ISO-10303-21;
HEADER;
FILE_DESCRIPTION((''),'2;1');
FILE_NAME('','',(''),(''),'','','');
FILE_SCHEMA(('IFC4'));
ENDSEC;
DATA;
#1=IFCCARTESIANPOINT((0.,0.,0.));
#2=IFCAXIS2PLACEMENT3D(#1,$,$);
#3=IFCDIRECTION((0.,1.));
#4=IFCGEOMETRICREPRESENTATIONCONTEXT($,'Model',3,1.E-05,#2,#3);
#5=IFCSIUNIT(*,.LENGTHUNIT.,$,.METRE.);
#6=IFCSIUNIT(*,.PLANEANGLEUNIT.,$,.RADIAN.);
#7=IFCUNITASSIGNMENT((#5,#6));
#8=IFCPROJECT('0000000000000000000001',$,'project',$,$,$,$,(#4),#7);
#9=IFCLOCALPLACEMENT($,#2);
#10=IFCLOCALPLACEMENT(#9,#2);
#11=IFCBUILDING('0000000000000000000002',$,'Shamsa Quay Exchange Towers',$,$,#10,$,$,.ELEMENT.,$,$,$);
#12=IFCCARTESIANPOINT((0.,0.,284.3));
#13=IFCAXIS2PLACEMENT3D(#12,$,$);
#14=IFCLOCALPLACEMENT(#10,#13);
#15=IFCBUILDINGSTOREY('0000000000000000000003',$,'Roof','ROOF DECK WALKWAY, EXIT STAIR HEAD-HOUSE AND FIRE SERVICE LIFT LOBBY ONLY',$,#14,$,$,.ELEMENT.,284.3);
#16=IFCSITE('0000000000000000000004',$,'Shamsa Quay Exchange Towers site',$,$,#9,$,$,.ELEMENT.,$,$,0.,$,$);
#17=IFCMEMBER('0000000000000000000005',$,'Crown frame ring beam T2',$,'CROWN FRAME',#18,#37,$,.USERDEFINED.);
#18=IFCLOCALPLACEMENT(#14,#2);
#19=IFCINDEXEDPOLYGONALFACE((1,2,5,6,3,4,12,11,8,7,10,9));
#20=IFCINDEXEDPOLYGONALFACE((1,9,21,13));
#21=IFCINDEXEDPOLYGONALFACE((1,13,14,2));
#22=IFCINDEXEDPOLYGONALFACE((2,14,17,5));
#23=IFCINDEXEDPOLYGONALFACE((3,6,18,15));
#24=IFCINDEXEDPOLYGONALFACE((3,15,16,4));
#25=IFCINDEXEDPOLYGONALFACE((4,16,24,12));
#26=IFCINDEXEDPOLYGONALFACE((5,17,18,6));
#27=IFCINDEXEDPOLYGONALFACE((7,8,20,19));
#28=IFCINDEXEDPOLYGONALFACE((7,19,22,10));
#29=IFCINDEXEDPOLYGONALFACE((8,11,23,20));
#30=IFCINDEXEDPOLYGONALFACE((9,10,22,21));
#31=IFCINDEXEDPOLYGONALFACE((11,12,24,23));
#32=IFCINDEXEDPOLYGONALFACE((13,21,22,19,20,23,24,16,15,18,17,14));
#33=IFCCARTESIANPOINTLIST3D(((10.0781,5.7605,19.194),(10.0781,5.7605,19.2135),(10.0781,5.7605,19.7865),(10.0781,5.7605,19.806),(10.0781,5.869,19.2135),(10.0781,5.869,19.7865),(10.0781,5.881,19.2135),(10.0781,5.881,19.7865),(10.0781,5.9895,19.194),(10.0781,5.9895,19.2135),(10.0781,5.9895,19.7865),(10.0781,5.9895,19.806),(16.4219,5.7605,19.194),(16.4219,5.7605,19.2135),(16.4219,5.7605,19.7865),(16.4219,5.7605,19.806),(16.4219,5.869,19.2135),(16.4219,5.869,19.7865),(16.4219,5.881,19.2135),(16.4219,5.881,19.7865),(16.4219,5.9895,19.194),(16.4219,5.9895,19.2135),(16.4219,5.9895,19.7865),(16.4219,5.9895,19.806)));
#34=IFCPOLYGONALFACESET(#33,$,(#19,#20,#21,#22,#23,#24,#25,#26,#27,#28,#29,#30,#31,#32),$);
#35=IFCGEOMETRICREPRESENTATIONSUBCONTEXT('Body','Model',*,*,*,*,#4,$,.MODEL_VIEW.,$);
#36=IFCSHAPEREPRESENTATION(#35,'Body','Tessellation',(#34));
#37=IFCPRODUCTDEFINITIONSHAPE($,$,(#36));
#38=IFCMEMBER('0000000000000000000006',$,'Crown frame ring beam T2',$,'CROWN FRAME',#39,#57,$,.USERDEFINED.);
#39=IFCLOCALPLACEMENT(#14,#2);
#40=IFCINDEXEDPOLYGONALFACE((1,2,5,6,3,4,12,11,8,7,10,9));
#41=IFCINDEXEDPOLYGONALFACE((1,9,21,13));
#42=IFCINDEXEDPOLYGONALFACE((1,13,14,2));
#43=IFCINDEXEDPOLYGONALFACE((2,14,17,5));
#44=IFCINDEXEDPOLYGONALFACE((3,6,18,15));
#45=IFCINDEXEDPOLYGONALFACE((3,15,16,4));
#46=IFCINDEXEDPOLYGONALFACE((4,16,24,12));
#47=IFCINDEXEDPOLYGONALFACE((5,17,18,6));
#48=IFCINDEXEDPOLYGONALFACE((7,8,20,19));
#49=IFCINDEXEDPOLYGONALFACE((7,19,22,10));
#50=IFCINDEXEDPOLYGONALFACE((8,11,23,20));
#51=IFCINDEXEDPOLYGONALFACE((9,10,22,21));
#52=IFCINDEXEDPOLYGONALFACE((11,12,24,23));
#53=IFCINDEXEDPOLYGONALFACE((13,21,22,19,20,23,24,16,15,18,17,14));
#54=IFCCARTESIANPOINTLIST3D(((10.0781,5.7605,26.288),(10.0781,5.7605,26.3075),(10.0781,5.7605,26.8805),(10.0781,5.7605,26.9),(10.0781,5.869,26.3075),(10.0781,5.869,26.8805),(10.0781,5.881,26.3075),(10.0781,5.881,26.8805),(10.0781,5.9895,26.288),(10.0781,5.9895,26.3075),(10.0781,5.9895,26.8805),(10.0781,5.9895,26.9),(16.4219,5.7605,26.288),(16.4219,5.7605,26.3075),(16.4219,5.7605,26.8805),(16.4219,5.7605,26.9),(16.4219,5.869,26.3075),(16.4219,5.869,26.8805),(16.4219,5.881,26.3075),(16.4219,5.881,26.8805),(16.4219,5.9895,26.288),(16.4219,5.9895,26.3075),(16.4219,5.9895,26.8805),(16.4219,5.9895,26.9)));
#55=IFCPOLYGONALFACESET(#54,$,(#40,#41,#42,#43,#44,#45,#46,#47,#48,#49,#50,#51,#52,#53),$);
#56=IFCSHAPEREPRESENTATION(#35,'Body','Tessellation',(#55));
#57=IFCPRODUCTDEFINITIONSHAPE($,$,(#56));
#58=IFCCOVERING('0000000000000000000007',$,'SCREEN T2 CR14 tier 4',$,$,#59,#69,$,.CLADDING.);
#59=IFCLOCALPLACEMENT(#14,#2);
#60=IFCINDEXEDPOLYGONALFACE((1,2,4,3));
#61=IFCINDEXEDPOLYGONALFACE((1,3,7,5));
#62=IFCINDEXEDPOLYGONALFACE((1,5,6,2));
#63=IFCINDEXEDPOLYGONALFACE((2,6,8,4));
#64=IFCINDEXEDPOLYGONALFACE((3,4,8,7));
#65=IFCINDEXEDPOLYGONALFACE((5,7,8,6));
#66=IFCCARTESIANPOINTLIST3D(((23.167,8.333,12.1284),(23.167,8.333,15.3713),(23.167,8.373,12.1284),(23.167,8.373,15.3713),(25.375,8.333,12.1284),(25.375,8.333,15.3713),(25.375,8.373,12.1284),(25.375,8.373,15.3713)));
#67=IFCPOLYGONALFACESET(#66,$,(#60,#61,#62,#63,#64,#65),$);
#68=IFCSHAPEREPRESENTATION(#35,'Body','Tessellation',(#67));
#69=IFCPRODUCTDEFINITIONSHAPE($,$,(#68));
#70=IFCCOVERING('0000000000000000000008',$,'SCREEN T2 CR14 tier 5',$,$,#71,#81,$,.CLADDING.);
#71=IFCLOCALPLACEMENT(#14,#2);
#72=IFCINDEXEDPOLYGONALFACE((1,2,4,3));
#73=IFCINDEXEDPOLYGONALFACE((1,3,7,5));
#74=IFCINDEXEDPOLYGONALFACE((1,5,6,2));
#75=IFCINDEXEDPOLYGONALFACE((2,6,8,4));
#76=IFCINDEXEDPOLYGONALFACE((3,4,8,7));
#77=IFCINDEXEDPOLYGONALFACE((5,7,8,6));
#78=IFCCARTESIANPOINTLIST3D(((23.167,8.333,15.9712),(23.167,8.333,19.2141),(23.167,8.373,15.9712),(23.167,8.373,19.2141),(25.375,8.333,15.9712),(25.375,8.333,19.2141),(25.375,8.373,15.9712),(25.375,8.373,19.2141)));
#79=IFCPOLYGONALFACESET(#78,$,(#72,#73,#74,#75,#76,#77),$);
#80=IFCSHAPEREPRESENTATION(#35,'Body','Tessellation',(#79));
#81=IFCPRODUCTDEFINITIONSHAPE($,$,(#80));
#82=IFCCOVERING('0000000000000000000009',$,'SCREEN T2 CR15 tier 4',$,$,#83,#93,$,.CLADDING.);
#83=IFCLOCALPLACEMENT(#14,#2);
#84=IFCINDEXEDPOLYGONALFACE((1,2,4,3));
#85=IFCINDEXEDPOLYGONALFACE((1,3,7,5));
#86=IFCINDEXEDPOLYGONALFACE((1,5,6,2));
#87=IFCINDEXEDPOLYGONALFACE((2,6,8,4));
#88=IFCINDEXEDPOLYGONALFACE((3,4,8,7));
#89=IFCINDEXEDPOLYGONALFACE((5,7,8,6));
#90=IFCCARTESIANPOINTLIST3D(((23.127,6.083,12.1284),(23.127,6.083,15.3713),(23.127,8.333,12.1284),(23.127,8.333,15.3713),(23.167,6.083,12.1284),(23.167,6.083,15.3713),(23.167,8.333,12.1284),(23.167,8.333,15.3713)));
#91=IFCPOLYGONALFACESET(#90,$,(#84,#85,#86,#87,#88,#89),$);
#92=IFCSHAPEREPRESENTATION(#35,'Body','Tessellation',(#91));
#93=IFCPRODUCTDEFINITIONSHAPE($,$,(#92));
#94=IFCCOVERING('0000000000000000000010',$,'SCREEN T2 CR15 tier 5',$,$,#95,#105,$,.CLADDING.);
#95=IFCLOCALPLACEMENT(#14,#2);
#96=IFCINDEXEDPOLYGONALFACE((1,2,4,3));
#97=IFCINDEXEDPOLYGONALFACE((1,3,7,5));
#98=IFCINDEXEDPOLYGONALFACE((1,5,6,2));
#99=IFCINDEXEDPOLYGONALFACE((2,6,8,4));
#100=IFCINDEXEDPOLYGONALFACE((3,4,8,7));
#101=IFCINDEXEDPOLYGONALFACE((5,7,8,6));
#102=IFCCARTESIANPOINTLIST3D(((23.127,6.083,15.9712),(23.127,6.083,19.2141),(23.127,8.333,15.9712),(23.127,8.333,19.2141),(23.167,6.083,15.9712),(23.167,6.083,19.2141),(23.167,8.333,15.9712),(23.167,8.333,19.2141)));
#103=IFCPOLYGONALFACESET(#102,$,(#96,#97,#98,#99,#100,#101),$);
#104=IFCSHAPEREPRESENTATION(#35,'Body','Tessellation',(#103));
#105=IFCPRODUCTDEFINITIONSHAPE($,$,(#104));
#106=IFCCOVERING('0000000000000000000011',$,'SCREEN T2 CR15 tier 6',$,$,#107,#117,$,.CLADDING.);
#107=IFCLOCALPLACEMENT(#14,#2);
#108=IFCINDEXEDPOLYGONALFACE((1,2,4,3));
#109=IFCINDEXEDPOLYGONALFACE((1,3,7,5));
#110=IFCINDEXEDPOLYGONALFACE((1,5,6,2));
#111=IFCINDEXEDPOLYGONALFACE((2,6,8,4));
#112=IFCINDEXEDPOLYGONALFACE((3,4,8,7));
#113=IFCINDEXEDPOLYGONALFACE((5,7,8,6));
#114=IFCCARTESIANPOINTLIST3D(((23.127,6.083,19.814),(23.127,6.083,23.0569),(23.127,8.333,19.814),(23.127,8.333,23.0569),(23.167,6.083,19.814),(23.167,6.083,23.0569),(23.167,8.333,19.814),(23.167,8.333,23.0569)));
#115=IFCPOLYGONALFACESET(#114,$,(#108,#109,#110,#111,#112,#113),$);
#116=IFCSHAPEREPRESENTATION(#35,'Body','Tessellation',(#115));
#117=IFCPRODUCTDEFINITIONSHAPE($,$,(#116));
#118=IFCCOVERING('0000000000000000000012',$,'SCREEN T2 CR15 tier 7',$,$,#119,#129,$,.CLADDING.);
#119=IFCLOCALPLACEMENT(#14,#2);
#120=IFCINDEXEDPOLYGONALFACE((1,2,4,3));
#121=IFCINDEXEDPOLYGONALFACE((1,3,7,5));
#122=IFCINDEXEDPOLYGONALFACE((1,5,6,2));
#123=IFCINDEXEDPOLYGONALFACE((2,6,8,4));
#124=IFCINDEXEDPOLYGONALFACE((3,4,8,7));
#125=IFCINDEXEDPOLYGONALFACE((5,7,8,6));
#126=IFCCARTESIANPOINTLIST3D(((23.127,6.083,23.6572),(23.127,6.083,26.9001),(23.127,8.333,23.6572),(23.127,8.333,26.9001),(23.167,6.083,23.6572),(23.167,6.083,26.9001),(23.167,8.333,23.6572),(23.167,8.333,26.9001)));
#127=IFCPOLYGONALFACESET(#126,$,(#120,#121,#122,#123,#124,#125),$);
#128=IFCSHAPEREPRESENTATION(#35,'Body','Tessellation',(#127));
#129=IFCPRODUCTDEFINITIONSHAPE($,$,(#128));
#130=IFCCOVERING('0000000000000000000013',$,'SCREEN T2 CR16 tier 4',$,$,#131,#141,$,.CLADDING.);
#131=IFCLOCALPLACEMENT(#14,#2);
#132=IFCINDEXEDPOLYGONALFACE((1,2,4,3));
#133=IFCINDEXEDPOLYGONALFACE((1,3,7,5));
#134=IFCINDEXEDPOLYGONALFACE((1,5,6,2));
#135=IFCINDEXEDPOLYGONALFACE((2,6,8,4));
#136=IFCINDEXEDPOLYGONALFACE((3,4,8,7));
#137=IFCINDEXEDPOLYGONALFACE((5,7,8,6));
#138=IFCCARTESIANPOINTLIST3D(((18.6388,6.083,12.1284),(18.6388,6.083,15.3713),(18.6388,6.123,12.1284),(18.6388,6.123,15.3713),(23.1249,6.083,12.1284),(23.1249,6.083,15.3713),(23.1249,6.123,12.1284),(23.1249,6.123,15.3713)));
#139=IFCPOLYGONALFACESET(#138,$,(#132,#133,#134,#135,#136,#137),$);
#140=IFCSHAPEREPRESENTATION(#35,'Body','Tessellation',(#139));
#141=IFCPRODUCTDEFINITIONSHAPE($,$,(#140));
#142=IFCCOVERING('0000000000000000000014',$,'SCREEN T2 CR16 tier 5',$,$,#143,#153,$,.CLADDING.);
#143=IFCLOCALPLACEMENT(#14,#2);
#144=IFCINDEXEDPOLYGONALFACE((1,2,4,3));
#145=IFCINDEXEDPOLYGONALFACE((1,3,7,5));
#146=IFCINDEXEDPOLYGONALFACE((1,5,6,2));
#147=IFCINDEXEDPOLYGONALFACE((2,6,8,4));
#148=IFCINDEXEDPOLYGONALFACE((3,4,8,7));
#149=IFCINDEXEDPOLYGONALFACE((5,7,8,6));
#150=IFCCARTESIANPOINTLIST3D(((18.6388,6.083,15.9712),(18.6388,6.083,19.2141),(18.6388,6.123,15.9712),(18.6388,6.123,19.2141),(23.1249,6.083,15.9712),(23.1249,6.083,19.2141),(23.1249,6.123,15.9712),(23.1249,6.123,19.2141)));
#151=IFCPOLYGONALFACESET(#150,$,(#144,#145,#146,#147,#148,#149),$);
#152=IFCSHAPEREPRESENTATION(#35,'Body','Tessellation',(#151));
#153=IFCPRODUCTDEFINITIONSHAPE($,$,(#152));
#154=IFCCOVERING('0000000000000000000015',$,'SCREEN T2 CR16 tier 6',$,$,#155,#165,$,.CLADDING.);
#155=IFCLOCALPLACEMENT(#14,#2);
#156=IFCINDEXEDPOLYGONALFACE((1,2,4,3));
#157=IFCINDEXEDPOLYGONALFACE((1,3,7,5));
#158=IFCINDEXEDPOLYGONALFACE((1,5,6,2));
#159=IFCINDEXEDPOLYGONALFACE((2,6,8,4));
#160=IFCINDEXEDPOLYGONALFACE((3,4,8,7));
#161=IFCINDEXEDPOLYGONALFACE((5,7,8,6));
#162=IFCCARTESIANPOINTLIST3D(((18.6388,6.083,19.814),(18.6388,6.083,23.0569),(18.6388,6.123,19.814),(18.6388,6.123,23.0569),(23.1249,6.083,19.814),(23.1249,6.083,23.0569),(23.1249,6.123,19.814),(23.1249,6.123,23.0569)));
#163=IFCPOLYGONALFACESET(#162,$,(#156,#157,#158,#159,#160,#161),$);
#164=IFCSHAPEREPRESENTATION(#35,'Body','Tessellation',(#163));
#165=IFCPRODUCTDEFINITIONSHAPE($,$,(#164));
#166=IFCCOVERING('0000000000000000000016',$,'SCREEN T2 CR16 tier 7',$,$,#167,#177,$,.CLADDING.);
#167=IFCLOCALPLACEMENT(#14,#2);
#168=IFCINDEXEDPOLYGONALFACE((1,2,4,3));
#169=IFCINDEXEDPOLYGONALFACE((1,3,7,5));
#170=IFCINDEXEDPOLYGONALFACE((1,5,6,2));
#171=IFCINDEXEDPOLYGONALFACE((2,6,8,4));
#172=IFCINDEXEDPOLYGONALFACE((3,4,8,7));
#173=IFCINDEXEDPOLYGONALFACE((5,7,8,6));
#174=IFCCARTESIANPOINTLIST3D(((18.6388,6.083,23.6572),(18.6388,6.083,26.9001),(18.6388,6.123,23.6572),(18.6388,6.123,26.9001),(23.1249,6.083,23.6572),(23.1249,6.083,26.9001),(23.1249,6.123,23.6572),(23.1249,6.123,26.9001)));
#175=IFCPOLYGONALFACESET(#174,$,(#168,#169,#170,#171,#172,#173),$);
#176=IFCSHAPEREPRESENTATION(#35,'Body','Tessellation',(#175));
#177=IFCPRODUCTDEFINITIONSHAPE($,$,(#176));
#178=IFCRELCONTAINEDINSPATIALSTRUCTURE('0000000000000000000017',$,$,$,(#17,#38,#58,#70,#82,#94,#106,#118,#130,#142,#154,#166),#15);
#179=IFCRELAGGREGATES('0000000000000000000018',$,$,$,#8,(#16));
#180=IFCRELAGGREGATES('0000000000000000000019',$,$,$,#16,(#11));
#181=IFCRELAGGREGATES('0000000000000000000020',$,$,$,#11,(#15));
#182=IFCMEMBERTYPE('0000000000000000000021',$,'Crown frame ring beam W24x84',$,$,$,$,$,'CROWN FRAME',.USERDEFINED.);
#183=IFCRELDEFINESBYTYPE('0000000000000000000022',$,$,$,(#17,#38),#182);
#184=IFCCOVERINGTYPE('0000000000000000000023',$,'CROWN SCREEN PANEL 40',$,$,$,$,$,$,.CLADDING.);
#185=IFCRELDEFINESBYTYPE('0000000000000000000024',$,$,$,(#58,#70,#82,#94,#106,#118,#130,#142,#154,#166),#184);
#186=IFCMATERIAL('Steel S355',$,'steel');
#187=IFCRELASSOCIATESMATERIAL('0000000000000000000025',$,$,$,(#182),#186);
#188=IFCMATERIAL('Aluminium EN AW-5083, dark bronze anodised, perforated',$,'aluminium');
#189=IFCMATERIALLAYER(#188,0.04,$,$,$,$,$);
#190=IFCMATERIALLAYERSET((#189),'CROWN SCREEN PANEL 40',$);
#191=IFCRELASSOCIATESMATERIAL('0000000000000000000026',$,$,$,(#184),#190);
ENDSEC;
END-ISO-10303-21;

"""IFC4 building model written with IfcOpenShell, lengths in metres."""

from ifc_helpers import new_model, si_unit, direction, frame, origin, origin_2d, place, context, subcontext, project, spatial, rectangle, i_section, extrude, material, layer, layer_set, material_profile, profile_set, type_object, element, save


model = new_model("IFC4")

# Units and contexts
model_context = context("Model", 3, precision=1e-05, world=origin(), true_north=direction((0.0, 1.0)))
body_context = subcontext(model_context, "Body", "Model", "MODEL_VIEW")
ifc_project = project(units=[si_unit("LENGTHUNIT", "METRE"), si_unit("PLANEANGLEUNIT", "RADIAN")], contexts=[model_context])

# Site, building, storey
site_placement = place(None, origin())
site = spatial("IfcSite", under=ifc_project, at=site_placement, Name="Shamsa Quay Exchange Towers site", CompositionType="ELEMENT", RefElevation=0.0)
building_placement = place(site_placement, origin())
building = spatial("IfcBuilding", under=site, at=building_placement, Name="Shamsa Quay Exchange Towers", CompositionType="ELEMENT")
storey_placement = place(building_placement, frame((0.0, 0.0, 284.3)))
storey = spatial("IfcBuildingStorey", under=building, at=storey_placement, Name="Roof", Description="ROOF DECK WALKWAY, EXIT STAIR HEAD-HOUSE AND FIRE SERVICE LIFT LOBBY ONLY", CompositionType="ELEMENT", Elevation=284.3)

# Members
ifc_material_1 = material(Name="Steel S355", Category="steel")
ifc_material_profile_1 = material_profile(ifc_material_1, i_section(OverallWidth=0.229, OverallDepth=0.6121, WebThickness=0.012, FlangeThickness=0.0195, at=origin_2d()), Name="W24x84")
ifc_profile_set_1 = profile_set([ifc_material_profile_1], Name="Steel S355")
member_type_1 = type_object("IfcMemberType", Name="Crown frame ring beam W24x84", ElementType="CROWN FRAME", PredefinedType="USERDEFINED", material=ifc_profile_set_1)
for number, where, z_axis, x_axis, name in (
    (1, (16.4219, 5.875, 19.5), (-1.0, 0.0, 0.0), (0.0, -1.0, 0.0), "Crown frame ring beam T2"),
    (2, (16.4219, 5.875, 26.594), (-1.0, 0.0, 0.0), (0.0, -1.0, 0.0), "Crown frame ring beam T2"),
):
    element("IfcMember", number, at=place(storey_placement, frame(where, z_axis=z_axis, x_axis=x_axis)), inside=storey, type_object=member_type_1, Name=name, ObjectType="CROWN FRAME", PredefinedType="USERDEFINED", context=body_context, shape_type="SweptSolid", body=[
        extrude(i_section(OverallWidth=0.229, OverallDepth=0.6121, WebThickness=0.012, FlangeThickness=0.0195, at=origin_2d()), origin(), (0.0, 0.0, 1.0), 6.3438),
    ])

# Coverings
ifc_material_2 = material(Name="Aluminium EN AW-5083, dark bronze anodised, perforated", Category="aluminium")
ifc_layer = layer(ifc_material_2, 0.04)
ifc_layer_set = layer_set([ifc_layer], Name="CROWN SCREEN PANEL 40")
covering_type = type_object("IfcCoveringType", Name="CROWN SCREEN PANEL 40", PredefinedType="CLADDING", material=ifc_layer_set)
for number, where, z_axis, x_axis, name in (
    (3, (24.271, 8.353, 12.1284), (0.0, 0.0, 1.0), (-1.0, 0.0, 0.0), "SCREEN T2 CR14 tier 4"),
    (4, (24.271, 8.353, 15.9712), (0.0, 0.0, 1.0), (-1.0, 0.0, 0.0), "SCREEN T2 CR14 tier 5"),
):
    element("IfcCovering", number, at=place(storey_placement, frame(where, z_axis=z_axis, x_axis=x_axis)), inside=storey, type_object=covering_type, Name=name, PredefinedType="CLADDING", context=body_context, shape_type="SweptSolid", body=[
        extrude(rectangle(XDim=2.208, YDim=0.04, at=origin_2d()), origin(), (0.0, 0.0, 1.0), 3.2429),
    ])
for number, where, z_axis, x_axis, name in (
    (5, (23.147, 7.208, 12.1284), (0.0, 0.0, 1.0), (0.0, -1.0, 0.0), "SCREEN T2 CR15 tier 4"),
    (6, (23.147, 7.208, 15.9712), (0.0, 0.0, 1.0), (0.0, -1.0, 0.0), "SCREEN T2 CR15 tier 5"),
    (7, (23.147, 7.208, 19.814), (0.0, 0.0, 1.0), (0.0, -1.0, 0.0), "SCREEN T2 CR15 tier 6"),
    (8, (23.147, 7.208, 23.6572), (0.0, 0.0, 1.0), (0.0, -1.0, 0.0), "SCREEN T2 CR15 tier 7"),
):
    element("IfcCovering", number, at=place(storey_placement, frame(where, z_axis=z_axis, x_axis=x_axis)), inside=storey, type_object=covering_type, Name=name, PredefinedType="CLADDING", context=body_context, shape_type="SweptSolid", body=[
        extrude(rectangle(XDim=2.25, YDim=0.04, at=origin_2d()), origin(), (0.0, 0.0, 1.0), 3.2429),
    ])
for number, where, z_axis, x_axis, name in (
    (9, (20.8818, 6.103, 12.1284), (0.0, 0.0, 1.0), (-1.0, 0.0, 0.0), "SCREEN T2 CR16 tier 4"),
    (10, (20.8818, 6.103, 15.9712), (0.0, 0.0, 1.0), (-1.0, 0.0, 0.0), "SCREEN T2 CR16 tier 5"),
    (11, (20.8818, 6.103, 19.814), (0.0, 0.0, 1.0), (-1.0, 0.0, 0.0), "SCREEN T2 CR16 tier 6"),
    (12, (20.8818, 6.103, 23.6572), (0.0, 0.0, 1.0), (-1.0, 0.0, 0.0), "SCREEN T2 CR16 tier 7"),
):
    element("IfcCovering", number, at=place(storey_placement, frame(where, z_axis=z_axis, x_axis=x_axis)), inside=storey, type_object=covering_type, Name=name, PredefinedType="CLADDING", context=body_context, shape_type="SweptSolid", body=[
        extrude(rectangle(XDim=4.4861, YDim=0.04, at=origin_2d()), origin(), (0.0, 0.0, 1.0), 3.2429),
    ])

save(model, "model.ifc")
